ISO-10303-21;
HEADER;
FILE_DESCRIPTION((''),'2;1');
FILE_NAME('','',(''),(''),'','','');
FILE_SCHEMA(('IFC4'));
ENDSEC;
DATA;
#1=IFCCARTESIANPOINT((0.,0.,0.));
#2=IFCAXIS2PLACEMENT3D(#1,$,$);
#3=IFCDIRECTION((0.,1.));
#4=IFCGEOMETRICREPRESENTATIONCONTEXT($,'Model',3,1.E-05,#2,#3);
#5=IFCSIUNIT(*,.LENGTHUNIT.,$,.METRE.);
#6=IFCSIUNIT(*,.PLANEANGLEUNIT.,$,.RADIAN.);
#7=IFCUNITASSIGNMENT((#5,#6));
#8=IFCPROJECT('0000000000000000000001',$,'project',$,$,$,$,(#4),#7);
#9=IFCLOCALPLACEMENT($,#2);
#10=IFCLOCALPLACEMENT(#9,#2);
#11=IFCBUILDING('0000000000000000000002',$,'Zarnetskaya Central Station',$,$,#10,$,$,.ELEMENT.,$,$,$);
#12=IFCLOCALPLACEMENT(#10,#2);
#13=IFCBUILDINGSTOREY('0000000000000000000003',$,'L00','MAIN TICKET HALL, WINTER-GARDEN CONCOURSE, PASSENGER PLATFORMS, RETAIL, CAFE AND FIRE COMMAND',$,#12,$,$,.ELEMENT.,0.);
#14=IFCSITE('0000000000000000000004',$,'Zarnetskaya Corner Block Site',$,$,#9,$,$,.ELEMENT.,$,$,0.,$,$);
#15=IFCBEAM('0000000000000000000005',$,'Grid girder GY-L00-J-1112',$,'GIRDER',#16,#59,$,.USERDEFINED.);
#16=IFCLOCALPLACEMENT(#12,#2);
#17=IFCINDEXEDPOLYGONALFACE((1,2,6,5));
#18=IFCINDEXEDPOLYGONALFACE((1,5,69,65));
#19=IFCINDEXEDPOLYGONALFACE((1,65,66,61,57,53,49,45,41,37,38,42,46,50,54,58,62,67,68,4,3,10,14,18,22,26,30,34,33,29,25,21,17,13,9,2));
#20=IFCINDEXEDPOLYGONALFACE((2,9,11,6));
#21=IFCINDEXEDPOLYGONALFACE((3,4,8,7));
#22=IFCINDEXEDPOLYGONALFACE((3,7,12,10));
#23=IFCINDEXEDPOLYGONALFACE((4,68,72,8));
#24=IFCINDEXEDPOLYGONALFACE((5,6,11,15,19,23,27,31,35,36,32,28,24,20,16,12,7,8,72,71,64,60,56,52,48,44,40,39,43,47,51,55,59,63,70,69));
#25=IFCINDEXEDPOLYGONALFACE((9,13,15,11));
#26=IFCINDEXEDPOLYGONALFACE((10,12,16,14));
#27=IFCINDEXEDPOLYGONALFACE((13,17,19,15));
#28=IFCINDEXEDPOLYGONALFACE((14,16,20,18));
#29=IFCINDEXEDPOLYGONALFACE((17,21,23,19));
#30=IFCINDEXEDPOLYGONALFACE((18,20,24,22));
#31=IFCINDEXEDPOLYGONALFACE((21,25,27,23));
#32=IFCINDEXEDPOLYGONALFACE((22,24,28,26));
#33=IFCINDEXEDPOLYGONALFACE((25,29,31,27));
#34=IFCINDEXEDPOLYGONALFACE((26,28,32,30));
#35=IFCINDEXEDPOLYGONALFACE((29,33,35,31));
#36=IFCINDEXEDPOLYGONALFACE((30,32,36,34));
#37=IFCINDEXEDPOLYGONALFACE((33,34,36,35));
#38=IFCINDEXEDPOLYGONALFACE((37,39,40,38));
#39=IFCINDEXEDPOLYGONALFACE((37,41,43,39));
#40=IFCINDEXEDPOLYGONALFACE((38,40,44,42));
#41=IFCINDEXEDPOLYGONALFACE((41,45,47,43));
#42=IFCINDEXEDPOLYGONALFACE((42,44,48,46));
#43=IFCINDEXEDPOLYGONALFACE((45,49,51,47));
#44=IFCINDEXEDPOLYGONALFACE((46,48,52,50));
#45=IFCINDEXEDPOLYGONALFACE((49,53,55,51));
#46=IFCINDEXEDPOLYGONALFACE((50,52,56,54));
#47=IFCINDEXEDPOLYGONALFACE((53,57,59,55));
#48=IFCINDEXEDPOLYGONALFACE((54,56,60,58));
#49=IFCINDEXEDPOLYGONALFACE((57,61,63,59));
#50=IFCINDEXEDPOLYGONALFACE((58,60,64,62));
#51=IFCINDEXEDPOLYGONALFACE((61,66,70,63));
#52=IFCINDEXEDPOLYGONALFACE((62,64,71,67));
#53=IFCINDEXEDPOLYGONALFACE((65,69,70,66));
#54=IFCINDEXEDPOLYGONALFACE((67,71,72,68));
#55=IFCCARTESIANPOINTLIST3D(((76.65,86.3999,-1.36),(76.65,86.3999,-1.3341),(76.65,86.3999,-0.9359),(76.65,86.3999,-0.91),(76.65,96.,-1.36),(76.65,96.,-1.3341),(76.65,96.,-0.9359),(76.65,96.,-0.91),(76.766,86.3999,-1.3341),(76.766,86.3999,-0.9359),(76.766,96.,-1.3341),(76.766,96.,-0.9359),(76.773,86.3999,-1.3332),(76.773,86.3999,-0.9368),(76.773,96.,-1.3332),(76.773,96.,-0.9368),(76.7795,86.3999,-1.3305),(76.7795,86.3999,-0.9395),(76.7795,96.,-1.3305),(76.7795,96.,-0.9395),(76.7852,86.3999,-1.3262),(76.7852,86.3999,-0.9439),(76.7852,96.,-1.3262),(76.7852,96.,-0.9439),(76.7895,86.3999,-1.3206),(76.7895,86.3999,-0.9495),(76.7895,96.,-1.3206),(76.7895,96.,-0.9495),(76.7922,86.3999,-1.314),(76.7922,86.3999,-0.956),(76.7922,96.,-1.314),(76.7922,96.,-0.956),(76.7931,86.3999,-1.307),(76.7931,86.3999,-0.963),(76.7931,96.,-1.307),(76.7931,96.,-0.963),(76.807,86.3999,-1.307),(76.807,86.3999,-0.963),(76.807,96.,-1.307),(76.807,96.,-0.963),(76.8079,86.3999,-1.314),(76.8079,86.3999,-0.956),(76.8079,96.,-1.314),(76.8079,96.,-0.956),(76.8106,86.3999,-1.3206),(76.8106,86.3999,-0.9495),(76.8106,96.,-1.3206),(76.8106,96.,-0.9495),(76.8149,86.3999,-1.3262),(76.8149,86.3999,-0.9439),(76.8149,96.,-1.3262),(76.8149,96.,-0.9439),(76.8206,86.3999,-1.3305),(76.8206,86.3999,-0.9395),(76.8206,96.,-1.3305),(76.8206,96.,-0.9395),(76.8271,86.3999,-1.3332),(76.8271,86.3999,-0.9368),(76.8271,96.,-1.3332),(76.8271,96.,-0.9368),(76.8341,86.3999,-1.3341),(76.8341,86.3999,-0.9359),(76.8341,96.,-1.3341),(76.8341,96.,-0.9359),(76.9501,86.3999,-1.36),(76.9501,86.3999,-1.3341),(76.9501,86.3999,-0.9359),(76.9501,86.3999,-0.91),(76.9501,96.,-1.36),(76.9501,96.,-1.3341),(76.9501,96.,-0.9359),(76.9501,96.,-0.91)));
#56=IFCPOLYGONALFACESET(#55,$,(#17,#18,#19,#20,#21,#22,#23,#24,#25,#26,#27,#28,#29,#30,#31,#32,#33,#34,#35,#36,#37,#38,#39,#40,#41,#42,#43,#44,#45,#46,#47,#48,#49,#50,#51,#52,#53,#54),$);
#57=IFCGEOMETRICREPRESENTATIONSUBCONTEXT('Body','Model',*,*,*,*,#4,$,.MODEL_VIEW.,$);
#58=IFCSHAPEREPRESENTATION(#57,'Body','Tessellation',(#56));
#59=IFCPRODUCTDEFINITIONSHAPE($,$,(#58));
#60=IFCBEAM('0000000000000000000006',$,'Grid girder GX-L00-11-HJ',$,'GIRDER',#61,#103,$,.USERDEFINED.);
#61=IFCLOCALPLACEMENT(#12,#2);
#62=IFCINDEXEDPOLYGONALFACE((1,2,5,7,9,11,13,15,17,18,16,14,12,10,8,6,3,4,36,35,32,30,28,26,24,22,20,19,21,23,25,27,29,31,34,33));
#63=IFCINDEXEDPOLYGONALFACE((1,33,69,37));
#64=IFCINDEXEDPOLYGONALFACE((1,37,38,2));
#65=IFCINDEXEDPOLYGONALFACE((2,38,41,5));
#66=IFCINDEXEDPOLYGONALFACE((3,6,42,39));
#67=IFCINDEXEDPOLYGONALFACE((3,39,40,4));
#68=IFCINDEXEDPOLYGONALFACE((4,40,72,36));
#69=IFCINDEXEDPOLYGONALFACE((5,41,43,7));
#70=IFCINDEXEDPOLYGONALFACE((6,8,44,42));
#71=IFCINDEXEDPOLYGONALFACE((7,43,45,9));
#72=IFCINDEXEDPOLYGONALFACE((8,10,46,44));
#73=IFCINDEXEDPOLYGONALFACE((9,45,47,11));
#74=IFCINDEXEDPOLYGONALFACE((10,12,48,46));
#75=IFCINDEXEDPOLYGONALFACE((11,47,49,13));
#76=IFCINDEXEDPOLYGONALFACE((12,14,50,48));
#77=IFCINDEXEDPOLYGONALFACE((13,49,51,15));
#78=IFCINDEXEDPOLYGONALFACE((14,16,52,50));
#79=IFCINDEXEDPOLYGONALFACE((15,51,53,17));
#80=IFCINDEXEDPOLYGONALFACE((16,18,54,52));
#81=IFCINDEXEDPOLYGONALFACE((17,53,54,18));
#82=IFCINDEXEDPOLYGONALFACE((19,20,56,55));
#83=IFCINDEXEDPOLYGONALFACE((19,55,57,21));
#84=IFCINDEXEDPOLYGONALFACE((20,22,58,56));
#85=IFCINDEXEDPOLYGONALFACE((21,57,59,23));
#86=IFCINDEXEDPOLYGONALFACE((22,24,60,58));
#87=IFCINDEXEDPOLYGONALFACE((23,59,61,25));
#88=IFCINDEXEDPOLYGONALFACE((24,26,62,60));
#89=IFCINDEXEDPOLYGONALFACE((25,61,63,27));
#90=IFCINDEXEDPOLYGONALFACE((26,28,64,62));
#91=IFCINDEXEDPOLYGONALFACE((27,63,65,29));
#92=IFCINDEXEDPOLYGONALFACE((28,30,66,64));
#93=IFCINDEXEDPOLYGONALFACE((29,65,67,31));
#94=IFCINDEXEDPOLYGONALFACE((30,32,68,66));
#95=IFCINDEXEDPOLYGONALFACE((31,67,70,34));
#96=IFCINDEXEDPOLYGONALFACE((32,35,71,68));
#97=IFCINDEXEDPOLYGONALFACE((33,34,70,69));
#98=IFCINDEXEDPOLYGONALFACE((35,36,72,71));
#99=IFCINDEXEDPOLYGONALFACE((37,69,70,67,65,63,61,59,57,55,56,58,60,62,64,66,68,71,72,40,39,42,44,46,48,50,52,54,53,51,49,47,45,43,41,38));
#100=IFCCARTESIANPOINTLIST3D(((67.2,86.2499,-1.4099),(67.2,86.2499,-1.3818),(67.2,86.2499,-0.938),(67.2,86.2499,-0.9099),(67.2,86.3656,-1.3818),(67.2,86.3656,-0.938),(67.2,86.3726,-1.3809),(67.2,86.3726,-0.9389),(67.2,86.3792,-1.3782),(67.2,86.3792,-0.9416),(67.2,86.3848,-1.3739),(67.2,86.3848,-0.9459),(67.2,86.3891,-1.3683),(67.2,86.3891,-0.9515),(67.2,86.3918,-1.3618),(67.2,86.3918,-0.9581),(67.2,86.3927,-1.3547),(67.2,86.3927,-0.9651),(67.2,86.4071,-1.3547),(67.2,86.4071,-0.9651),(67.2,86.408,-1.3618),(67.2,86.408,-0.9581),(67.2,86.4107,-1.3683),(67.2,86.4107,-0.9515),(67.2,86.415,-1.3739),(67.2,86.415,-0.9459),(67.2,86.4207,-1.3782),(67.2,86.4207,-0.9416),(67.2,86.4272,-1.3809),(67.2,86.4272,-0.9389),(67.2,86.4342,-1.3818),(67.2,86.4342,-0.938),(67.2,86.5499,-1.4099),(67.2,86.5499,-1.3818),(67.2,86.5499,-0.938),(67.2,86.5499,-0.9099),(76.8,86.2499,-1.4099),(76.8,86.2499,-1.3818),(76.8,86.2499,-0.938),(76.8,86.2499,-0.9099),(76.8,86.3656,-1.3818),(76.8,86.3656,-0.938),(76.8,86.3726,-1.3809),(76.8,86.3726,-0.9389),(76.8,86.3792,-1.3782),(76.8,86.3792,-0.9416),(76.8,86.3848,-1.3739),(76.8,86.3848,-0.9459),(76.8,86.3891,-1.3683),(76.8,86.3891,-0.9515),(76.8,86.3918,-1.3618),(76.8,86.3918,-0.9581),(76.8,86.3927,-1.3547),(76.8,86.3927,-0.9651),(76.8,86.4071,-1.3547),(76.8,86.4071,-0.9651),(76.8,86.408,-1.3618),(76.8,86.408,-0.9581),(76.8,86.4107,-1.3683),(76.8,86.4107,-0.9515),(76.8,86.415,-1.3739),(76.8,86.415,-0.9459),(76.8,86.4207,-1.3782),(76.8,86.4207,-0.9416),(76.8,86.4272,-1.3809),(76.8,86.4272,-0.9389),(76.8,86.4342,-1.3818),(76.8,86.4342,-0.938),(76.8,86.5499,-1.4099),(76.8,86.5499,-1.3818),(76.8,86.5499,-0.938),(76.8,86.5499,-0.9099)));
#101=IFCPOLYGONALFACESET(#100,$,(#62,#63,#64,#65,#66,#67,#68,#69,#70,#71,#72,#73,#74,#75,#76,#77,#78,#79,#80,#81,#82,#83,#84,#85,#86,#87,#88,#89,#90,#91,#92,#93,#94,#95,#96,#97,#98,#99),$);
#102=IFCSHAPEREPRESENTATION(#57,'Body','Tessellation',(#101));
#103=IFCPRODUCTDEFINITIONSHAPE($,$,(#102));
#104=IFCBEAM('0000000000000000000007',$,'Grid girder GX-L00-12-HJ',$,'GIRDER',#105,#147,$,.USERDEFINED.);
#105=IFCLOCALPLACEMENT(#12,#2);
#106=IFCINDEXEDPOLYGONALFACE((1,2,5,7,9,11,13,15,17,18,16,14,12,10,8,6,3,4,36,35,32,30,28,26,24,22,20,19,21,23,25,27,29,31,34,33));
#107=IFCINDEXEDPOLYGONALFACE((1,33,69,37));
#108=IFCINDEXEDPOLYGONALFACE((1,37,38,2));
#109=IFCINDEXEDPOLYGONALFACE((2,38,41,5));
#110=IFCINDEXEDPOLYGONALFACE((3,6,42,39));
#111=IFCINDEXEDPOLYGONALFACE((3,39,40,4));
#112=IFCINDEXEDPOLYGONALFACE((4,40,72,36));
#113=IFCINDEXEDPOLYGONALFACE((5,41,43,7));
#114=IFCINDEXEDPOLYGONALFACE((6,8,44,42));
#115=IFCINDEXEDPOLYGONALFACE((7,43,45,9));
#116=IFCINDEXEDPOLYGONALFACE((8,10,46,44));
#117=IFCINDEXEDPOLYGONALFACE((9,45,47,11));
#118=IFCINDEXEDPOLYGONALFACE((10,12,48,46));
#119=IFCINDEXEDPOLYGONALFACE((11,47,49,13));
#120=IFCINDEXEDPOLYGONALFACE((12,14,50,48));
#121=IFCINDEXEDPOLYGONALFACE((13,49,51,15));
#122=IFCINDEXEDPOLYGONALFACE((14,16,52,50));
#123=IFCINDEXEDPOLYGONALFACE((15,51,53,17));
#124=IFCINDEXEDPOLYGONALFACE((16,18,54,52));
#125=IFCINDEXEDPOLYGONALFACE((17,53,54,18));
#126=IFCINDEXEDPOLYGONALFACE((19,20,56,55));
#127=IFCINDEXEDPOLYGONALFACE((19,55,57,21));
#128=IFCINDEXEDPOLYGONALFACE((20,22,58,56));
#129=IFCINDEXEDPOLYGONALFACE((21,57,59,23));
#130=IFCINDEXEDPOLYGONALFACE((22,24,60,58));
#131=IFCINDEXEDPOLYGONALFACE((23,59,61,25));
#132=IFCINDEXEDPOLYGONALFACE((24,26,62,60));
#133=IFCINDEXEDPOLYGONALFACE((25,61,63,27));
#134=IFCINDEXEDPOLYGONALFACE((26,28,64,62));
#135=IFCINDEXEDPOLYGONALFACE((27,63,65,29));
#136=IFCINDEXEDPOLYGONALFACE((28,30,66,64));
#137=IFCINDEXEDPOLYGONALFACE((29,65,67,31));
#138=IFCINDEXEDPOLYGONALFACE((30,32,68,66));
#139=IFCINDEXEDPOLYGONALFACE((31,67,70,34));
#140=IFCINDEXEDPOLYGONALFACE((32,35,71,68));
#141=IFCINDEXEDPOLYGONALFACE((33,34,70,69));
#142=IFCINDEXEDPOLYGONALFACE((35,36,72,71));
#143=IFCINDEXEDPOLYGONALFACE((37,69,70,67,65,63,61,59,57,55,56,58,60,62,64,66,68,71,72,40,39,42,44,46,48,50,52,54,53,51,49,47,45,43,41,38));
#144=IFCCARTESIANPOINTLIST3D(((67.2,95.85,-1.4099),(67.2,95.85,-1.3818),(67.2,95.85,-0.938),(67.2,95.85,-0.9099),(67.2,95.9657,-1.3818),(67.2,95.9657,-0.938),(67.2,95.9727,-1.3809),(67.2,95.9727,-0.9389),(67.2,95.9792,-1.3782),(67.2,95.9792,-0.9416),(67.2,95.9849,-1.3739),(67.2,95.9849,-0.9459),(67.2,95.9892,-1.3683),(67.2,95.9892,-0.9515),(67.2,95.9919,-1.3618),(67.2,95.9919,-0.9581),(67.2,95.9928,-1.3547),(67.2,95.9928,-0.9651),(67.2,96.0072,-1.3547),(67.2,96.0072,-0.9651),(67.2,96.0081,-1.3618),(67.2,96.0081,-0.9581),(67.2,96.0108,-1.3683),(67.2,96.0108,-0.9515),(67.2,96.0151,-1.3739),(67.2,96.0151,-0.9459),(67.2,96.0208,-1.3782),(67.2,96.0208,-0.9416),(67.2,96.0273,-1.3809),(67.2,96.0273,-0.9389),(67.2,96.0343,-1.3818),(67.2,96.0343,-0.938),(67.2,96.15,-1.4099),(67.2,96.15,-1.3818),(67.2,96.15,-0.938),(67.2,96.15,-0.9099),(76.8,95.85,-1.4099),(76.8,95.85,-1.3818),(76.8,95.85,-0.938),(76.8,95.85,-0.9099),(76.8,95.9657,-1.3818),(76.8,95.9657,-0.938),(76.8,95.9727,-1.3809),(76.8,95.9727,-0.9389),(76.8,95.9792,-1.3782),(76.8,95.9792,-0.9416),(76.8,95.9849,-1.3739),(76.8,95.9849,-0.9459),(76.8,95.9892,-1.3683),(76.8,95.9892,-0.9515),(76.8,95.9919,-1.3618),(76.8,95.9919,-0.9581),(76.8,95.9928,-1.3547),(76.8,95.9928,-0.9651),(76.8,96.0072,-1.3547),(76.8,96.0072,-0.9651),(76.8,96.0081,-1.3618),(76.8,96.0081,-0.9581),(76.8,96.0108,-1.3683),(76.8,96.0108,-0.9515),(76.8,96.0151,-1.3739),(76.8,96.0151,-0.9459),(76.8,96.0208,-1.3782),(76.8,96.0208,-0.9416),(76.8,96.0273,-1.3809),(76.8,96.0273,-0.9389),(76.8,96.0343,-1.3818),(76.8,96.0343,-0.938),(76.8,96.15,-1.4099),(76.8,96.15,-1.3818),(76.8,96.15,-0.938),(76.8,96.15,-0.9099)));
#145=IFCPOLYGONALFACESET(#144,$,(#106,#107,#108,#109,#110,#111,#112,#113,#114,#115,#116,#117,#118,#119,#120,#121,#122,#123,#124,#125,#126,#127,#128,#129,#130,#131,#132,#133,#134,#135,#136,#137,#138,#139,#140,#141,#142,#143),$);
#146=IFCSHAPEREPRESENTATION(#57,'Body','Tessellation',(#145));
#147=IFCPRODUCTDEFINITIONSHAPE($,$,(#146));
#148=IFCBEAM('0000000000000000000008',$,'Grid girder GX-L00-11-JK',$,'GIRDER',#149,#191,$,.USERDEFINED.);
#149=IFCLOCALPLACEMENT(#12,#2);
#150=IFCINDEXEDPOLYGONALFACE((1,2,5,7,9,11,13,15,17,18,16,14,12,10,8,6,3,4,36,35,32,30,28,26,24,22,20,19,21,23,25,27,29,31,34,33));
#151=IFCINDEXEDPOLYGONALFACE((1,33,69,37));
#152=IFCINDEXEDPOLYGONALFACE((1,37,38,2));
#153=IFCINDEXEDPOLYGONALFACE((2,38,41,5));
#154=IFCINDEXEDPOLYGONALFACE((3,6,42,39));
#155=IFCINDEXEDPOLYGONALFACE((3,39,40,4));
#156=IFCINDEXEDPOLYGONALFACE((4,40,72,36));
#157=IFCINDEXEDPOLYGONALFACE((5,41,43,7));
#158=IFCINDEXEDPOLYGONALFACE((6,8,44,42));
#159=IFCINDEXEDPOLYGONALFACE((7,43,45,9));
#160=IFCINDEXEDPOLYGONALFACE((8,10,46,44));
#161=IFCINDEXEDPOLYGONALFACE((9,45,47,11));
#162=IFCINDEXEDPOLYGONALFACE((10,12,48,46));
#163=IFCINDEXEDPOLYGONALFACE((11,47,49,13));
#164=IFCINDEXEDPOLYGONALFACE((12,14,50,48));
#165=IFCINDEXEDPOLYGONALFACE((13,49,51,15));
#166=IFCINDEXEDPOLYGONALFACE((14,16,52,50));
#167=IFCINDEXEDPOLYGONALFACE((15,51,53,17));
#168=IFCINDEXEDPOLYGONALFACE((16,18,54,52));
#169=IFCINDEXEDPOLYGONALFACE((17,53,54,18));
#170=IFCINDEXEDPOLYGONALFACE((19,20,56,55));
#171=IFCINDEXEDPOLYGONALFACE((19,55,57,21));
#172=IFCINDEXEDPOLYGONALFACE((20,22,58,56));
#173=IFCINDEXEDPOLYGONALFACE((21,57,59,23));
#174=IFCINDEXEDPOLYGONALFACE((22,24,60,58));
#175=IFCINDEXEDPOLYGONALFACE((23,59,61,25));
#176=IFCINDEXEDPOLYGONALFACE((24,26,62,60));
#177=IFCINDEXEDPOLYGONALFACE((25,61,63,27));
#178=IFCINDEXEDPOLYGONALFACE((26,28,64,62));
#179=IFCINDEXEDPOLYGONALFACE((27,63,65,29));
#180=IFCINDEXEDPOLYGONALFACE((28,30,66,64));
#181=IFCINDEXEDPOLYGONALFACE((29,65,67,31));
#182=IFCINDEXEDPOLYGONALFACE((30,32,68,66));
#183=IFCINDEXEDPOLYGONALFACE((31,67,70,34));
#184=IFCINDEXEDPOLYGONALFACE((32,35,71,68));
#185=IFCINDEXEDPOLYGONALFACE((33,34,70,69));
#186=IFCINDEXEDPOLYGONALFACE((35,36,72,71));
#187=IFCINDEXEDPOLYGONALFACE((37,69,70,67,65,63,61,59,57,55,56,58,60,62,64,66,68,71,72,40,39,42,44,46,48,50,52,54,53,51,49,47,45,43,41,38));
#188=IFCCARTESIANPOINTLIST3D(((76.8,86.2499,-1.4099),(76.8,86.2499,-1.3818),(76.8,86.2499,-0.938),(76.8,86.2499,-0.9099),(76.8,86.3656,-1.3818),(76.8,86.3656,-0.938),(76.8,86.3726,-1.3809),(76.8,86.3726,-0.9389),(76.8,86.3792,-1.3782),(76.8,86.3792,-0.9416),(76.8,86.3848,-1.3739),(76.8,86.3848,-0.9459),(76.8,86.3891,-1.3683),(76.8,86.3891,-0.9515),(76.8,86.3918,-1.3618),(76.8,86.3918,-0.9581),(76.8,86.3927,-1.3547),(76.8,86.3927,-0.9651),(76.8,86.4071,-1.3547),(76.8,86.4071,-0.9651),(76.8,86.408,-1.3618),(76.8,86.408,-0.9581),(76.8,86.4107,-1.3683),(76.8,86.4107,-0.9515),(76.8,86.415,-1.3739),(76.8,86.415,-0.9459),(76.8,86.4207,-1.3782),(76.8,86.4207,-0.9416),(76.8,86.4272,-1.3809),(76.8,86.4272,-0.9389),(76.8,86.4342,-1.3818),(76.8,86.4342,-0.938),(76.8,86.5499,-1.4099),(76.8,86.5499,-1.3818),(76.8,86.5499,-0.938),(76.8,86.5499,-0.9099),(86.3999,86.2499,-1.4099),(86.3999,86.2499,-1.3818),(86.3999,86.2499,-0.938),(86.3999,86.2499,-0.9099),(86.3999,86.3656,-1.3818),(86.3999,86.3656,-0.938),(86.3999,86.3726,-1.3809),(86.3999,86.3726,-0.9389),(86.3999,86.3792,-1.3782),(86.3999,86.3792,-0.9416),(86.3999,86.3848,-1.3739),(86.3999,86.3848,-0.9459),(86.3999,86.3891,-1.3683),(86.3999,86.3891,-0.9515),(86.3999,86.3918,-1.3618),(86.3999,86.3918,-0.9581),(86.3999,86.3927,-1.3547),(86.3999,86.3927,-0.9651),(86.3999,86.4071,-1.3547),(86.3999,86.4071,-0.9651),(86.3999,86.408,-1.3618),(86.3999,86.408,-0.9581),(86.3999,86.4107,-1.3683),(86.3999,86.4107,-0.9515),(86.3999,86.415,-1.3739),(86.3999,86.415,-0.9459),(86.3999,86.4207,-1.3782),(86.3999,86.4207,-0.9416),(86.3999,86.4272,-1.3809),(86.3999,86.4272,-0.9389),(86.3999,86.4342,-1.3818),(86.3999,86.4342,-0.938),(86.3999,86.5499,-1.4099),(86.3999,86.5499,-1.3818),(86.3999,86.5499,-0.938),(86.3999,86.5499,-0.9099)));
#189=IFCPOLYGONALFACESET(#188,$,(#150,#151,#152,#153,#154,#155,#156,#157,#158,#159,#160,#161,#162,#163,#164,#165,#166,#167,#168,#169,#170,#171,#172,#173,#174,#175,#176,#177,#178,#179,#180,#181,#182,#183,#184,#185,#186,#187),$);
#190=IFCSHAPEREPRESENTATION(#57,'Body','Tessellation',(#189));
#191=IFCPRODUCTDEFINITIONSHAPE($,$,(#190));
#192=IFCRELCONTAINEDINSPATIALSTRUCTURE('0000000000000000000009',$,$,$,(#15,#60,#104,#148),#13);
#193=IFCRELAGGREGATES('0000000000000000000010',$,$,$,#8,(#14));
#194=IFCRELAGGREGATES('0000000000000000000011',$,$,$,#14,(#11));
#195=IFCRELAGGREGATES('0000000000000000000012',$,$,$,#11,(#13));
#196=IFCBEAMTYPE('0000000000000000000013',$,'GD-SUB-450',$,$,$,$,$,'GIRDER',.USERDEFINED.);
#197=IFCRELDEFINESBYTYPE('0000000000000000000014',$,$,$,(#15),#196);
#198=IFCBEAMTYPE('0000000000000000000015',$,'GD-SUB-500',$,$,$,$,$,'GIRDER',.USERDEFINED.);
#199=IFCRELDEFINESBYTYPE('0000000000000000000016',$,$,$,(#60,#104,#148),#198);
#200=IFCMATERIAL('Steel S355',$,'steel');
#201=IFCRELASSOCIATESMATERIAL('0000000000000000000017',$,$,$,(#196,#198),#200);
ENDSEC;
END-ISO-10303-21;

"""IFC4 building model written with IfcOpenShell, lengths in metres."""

from ifc_helpers import new_model, si_unit, direction, frame, origin, origin_2d, place, context, subcontext, project, spatial, i_section, extrude, material, material_profile, profile_set, type_object, element, save


model = new_model("IFC4")

# Units and contexts
model_context = context("Model", 3, precision=1e-05, world=origin(), true_north=direction((0.0, 1.0)))
body_context = subcontext(model_context, "Body", "Model", "MODEL_VIEW")
ifc_project = project(units=[si_unit("LENGTHUNIT", "METRE"), si_unit("PLANEANGLEUNIT", "RADIAN")], contexts=[model_context])

# Site, building, storey
site_placement = place(None, origin())
site = spatial("IfcSite", under=ifc_project, at=site_placement, Name="Zarnetskaya Corner Block Site", CompositionType="ELEMENT", RefElevation=0.0)
building_placement = place(site_placement, origin())
building = spatial("IfcBuilding", under=site, at=building_placement, Name="Zarnetskaya Central Station", CompositionType="ELEMENT")
storey_placement = place(building_placement, origin())
storey = spatial("IfcBuildingStorey", under=building, at=storey_placement, Name="L00", Description="MAIN TICKET HALL, WINTER-GARDEN CONCOURSE, PASSENGER PLATFORMS, RETAIL, CAFE AND FIRE COMMAND", CompositionType="ELEMENT", Elevation=0.0)

# Shared definitions
ifc_material_1 = material(Name="Steel S355", Category="steel")

# Beams
ifc_material_profile_1 = material_profile(ifc_material_1, i_section(OverallWidth=0.3, OverallDepth=0.45, WebThickness=0.0139, FlangeThickness=0.0259, FilletRadius=0.0271, at=origin_2d()), Name="HEB 450")
ifc_profile_set_1 = profile_set([ifc_material_profile_1], Name="Steel S355")
beam_type_1 = type_object("IfcBeamType", Name="GD-SUB-450", ElementType="GIRDER", PredefinedType="USERDEFINED", material=ifc_profile_set_1)
for number, where, z_axis, x_axis, name in (
    (1, (76.8, 86.3999, -1.135), (0.0, 1.0, 0.0), (-1.0, 0.0, 0.0), "Grid girder GY-L00-J-1112"),
):
    element("IfcBeam", number, at=place(storey_placement, frame(where, z_axis=z_axis, x_axis=x_axis)), inside=storey, type_object=beam_type_1, Name=name, ObjectType="GIRDER", PredefinedType="USERDEFINED", context=body_context, shape_type="SweptSolid", body=[
        extrude(i_section(OverallWidth=0.3, OverallDepth=0.45, WebThickness=0.0139, FlangeThickness=0.0259, FilletRadius=0.0271, at=origin_2d()), origin(), (0.0, 0.0, 1.0), 9.6001),
    ])
ifc_material_profile_2 = material_profile(ifc_material_1, i_section(OverallWidth=0.3, OverallDepth=0.5, WebThickness=0.0144, FlangeThickness=0.0281, FilletRadius=0.0271, at=origin_2d()), Name="HEB 500")
ifc_profile_set_2 = profile_set([ifc_material_profile_2], Name="Steel S355")
beam_type_2 = type_object("IfcBeamType", Name="GD-SUB-500", ElementType="GIRDER", PredefinedType="USERDEFINED", material=ifc_profile_set_2)
for number, where, z_axis, x_axis, name in (
    (2, (67.2, 86.3999, -1.1599), (1.0, 0.0, 0.0), (0.0, 1.0, 0.0), "Grid girder GX-L00-11-HJ"),
    (3, (67.2, 96.0, -1.1599), (1.0, 0.0, 0.0), (0.0, 1.0, 0.0), "Grid girder GX-L00-12-HJ"),
):
    element("IfcBeam", number, at=place(storey_placement, frame(where, z_axis=z_axis, x_axis=x_axis)), inside=storey, type_object=beam_type_2, Name=name, ObjectType="GIRDER", PredefinedType="USERDEFINED", context=body_context, shape_type="SweptSolid", body=[
        extrude(i_section(OverallWidth=0.3, OverallDepth=0.5, WebThickness=0.0144, FlangeThickness=0.0281, FilletRadius=0.0271, at=origin_2d()), origin(), (0.0, 0.0, 1.0), 9.6001),
    ])
beam_1_placement = place(storey_placement, frame((76.8, 86.3999, -1.1599), z_axis=(1.0, 0.0, 0.0), x_axis=(0.0, 1.0, 0.0)))
element("IfcBeam", 4, at=beam_1_placement, inside=storey, type_object=beam_type_2, Name="Grid girder GX-L00-11-JK", ObjectType="GIRDER", PredefinedType="USERDEFINED", context=body_context, shape_type="SweptSolid", body=[
    extrude(i_section(OverallWidth=0.3, OverallDepth=0.5, WebThickness=0.0144, FlangeThickness=0.0281, FilletRadius=0.0271, at=origin_2d()), origin(), (0.0, 0.0, 1.0), 9.5999),
])

save(model, "model.ifc")
